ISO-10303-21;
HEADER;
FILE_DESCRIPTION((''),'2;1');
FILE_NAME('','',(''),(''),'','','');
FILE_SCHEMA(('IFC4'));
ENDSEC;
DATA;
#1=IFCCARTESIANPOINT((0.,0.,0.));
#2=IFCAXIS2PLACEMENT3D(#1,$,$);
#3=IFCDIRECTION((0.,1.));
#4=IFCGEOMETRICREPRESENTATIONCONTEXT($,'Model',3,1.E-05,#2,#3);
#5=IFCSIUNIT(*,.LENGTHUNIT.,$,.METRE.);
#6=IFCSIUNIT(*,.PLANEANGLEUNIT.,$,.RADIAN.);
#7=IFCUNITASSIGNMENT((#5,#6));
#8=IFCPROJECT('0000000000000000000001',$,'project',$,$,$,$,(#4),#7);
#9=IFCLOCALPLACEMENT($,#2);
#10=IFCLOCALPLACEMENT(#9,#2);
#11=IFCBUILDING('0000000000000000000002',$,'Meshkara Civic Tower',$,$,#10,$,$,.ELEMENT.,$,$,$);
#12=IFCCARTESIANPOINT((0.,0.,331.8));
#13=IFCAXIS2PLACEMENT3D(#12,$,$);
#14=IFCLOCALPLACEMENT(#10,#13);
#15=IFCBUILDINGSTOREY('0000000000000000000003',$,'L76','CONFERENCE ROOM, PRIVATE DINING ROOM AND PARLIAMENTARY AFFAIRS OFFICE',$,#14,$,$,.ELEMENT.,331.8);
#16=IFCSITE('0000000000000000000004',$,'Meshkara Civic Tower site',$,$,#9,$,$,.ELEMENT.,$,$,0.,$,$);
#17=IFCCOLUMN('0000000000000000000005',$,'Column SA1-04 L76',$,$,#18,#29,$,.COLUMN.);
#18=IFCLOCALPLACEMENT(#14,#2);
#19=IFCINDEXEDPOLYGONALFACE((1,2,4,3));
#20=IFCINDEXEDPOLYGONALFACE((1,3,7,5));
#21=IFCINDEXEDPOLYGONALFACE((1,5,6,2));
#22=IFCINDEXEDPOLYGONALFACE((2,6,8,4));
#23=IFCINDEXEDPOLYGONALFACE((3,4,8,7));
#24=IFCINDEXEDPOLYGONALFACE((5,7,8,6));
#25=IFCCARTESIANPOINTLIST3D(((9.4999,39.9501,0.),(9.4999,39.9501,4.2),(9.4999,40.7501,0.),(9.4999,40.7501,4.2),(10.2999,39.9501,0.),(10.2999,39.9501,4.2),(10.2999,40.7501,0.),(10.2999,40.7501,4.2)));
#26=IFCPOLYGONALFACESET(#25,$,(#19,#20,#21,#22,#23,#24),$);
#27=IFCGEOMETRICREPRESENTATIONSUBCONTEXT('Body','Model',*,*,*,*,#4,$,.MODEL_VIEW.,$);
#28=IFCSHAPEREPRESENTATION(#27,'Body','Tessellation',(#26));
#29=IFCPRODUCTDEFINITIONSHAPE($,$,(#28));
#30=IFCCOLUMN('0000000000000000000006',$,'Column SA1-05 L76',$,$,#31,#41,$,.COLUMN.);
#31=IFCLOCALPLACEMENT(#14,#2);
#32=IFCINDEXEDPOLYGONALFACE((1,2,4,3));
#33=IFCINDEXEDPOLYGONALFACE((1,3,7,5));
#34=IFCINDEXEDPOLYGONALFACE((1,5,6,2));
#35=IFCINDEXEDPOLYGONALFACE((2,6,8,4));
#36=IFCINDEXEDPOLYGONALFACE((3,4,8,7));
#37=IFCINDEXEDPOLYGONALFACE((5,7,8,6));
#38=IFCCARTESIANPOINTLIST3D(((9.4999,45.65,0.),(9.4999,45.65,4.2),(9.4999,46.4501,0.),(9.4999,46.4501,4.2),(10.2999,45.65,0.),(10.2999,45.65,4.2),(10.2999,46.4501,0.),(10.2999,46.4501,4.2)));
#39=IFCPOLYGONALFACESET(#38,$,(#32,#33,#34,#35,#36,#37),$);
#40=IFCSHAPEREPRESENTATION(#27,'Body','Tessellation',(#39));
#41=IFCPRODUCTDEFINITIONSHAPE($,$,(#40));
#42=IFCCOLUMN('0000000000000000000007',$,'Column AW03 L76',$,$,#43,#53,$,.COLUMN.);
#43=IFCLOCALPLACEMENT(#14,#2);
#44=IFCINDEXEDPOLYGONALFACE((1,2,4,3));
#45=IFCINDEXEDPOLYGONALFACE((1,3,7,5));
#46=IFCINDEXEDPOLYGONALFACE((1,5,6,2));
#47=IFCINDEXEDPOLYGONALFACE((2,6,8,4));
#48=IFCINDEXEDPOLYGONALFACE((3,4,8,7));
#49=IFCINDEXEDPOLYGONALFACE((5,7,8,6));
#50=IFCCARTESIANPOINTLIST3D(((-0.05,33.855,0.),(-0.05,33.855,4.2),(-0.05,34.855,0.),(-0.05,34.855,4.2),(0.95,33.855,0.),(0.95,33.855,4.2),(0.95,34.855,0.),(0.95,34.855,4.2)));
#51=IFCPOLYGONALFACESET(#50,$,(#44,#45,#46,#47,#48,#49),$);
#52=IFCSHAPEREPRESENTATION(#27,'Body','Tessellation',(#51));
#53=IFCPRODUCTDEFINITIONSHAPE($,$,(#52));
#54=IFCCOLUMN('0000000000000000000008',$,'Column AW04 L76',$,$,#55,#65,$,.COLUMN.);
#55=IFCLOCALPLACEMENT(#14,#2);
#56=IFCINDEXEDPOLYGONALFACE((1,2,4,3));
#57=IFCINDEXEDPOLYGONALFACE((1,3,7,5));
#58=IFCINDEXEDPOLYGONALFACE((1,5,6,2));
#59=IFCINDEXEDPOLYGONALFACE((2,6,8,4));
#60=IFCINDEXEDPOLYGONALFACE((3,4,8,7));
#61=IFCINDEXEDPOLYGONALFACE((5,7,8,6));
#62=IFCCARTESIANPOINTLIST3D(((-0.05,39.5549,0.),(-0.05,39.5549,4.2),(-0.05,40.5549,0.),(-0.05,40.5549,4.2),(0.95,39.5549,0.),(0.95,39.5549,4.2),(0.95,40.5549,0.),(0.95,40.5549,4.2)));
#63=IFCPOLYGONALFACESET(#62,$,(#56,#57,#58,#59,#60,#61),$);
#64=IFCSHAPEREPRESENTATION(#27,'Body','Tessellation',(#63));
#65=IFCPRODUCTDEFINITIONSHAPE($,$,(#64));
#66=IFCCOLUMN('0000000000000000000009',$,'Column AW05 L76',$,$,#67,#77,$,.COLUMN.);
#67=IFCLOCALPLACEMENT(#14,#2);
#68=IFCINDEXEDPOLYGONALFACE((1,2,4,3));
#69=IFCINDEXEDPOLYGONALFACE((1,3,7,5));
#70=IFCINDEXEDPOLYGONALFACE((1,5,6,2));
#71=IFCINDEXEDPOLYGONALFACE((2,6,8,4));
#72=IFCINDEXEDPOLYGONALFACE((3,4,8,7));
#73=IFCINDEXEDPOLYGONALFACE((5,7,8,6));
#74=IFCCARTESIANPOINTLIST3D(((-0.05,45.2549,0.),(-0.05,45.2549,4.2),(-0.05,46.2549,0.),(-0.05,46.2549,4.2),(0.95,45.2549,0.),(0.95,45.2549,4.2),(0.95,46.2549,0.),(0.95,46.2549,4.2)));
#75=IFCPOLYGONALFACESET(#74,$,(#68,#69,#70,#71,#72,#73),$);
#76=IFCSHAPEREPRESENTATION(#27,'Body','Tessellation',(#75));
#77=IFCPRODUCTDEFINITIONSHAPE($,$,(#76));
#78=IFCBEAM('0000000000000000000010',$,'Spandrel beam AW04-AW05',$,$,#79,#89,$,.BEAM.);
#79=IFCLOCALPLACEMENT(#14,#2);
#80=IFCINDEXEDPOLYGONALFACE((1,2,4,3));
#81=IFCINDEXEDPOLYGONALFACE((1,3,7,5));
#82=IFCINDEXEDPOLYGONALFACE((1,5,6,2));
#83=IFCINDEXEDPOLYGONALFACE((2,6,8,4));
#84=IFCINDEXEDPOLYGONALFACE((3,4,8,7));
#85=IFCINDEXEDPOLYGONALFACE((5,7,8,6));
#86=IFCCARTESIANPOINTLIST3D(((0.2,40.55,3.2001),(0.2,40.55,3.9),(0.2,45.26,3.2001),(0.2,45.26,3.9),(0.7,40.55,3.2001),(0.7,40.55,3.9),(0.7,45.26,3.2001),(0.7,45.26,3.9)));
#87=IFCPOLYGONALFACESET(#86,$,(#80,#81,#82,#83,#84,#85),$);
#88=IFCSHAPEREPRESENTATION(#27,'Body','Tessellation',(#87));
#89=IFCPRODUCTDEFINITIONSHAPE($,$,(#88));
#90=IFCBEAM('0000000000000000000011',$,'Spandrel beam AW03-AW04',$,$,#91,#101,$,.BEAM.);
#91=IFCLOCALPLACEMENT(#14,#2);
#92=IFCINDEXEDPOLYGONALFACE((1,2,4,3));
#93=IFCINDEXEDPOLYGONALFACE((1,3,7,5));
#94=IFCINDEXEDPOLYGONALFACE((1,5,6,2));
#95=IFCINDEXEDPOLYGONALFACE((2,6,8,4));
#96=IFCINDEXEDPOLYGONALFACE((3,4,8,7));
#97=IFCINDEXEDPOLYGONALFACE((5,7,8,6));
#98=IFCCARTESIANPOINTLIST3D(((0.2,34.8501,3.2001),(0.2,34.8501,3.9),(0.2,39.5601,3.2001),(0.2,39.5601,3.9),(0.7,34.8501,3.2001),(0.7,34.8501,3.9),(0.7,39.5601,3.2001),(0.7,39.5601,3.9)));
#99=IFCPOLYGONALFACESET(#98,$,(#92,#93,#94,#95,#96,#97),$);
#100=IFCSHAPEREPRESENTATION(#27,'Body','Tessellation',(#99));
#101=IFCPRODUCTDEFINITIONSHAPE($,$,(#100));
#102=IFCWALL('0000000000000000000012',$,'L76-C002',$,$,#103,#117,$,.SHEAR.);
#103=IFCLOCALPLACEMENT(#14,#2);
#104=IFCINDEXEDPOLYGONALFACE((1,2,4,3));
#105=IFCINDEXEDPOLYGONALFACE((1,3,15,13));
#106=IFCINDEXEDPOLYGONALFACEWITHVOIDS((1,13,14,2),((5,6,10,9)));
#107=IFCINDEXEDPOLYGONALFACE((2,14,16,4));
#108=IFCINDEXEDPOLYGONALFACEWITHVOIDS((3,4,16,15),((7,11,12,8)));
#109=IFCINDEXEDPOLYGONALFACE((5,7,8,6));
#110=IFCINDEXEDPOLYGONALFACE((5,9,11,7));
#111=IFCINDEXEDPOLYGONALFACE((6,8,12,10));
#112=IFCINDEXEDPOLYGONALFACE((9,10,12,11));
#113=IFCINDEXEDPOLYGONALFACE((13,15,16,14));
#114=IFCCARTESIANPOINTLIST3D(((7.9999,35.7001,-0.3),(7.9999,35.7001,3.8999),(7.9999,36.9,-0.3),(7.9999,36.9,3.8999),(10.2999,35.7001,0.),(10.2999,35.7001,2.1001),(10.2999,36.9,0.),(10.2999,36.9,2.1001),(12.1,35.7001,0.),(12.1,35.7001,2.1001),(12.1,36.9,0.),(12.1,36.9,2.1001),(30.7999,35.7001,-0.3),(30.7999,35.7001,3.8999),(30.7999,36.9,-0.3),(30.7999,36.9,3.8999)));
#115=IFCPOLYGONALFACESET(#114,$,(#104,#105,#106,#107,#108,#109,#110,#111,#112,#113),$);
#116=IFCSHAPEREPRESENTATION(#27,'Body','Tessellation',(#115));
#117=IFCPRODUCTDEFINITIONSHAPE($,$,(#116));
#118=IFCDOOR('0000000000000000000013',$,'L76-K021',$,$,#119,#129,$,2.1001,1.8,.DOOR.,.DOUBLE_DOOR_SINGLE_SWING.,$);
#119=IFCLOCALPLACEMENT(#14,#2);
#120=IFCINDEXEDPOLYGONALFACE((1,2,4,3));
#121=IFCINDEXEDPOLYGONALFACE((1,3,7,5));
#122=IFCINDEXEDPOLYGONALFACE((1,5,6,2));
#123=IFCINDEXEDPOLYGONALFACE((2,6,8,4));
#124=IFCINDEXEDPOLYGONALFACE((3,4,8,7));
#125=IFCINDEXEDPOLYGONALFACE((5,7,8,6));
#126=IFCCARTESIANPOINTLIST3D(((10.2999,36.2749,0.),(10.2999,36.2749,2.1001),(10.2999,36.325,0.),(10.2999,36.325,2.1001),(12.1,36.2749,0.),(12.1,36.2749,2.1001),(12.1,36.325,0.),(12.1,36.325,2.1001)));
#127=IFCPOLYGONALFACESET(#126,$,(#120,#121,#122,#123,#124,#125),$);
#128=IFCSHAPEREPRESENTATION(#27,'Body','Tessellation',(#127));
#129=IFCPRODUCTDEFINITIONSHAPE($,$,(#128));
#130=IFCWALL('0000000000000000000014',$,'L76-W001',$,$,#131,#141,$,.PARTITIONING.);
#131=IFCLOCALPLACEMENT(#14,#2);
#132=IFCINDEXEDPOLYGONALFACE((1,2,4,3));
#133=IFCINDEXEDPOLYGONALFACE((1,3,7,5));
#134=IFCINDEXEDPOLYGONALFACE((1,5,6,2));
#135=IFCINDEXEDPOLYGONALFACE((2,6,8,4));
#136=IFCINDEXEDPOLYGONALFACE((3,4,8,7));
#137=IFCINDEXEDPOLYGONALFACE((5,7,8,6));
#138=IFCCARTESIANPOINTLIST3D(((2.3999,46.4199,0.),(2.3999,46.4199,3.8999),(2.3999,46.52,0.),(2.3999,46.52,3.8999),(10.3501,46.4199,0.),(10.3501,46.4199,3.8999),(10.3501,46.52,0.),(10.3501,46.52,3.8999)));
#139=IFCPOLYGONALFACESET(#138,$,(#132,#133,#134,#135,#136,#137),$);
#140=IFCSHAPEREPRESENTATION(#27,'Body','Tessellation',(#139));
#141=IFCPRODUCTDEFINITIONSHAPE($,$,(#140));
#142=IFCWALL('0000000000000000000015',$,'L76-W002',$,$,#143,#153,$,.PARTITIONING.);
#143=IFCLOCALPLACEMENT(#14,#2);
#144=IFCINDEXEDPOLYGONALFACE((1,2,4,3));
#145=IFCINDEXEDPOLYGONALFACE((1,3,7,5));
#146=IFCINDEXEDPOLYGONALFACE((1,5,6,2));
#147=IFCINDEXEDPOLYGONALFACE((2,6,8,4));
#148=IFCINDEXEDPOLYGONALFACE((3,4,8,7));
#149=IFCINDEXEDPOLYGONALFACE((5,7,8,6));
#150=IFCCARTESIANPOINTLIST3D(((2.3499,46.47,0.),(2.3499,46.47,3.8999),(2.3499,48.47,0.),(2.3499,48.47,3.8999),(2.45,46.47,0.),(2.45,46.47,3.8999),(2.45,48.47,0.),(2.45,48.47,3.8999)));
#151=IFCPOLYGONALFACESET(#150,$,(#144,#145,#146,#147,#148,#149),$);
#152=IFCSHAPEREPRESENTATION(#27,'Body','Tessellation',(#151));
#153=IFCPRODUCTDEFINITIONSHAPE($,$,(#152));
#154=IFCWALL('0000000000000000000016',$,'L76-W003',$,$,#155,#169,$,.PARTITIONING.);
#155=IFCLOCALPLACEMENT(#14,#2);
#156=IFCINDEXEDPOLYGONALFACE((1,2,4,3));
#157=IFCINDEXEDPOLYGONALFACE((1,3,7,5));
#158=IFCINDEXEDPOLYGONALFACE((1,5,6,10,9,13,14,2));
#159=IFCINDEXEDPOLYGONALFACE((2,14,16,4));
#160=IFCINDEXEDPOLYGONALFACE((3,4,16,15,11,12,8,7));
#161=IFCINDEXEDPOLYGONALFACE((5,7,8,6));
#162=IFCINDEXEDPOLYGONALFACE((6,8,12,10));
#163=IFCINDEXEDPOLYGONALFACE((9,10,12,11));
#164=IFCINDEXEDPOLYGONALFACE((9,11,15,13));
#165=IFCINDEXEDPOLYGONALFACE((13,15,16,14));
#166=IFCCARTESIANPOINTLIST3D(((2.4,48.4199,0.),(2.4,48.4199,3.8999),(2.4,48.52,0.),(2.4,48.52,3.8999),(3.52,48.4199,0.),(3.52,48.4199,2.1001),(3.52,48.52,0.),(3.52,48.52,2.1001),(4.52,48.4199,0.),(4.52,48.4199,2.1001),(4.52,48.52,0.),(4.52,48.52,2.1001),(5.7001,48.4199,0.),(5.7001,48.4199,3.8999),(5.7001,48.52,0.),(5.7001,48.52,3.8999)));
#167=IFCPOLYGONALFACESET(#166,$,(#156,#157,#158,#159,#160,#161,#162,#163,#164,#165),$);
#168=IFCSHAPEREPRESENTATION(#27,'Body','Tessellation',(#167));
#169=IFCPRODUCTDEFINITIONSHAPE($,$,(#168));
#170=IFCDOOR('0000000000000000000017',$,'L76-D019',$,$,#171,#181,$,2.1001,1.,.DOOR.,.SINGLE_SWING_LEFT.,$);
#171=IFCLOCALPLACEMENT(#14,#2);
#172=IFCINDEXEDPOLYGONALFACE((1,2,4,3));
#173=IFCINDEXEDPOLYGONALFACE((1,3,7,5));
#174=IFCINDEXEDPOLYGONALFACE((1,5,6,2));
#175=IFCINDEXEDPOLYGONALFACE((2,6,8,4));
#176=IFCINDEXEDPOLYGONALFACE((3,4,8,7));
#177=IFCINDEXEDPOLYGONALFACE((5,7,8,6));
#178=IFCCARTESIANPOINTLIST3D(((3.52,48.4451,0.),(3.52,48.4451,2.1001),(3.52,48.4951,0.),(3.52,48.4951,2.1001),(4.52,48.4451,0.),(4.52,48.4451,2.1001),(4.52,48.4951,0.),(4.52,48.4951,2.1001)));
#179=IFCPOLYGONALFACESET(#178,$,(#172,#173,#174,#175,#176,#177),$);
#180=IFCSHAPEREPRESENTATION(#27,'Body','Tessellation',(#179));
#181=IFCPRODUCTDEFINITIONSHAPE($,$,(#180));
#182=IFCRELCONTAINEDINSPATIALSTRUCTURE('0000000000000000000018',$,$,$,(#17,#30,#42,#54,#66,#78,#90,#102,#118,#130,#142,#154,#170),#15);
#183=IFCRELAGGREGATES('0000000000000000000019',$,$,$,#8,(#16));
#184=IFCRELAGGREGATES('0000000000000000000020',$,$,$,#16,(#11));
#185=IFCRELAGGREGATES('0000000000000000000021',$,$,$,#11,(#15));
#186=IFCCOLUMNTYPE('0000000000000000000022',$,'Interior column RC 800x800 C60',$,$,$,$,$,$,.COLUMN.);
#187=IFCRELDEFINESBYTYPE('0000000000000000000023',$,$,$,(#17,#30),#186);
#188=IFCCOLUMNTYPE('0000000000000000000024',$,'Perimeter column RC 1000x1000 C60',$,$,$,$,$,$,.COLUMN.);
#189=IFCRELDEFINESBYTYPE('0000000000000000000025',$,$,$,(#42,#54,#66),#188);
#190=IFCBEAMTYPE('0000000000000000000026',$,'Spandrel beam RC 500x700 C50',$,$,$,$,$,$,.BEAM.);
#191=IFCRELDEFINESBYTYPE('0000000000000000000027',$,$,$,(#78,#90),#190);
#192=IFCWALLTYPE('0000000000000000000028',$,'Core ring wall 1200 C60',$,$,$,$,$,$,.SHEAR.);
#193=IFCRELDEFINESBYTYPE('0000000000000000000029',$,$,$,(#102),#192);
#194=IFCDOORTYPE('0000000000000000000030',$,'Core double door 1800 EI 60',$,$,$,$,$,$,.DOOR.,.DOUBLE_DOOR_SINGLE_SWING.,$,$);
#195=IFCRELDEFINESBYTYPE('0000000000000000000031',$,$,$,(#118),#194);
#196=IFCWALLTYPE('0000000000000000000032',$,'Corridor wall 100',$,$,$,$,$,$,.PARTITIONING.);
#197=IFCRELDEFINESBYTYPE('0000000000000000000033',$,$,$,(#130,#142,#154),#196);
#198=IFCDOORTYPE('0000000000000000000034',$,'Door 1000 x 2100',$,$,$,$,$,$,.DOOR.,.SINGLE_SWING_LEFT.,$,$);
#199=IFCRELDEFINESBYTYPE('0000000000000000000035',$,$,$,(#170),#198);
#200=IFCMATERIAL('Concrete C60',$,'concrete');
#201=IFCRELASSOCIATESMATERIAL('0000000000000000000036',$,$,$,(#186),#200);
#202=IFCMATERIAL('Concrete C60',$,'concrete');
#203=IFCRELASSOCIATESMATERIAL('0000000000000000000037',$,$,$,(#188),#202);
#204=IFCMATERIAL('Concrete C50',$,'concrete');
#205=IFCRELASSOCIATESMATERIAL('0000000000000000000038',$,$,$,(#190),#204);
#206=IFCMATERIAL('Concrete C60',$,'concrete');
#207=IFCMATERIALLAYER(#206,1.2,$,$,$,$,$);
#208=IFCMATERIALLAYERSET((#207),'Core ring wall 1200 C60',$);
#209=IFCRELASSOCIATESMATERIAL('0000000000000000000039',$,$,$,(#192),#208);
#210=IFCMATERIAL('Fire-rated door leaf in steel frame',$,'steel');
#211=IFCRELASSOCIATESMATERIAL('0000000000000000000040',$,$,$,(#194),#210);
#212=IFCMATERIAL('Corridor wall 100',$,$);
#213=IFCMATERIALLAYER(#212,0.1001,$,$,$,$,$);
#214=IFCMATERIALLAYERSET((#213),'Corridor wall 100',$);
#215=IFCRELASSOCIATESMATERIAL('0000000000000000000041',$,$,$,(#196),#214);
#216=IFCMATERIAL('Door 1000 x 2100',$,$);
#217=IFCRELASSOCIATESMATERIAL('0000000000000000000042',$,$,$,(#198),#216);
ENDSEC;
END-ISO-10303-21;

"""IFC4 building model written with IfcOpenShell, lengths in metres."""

from ifc_helpers import new_model, si_unit, direction, frame, frame_2d, origin, origin_2d, place, context, subcontext, project, spatial, rectangle, extrude, material, layer, layer_set, material_profile, profile_set, type_object, element, fill, save


model = new_model("IFC4")

# Units and contexts
model_context = context("Model", 3, precision=1e-05, world=origin(), true_north=direction((0.0, 1.0)))
body_context = subcontext(model_context, "Body", "Model", "MODEL_VIEW")
ifc_project = project(units=[si_unit("LENGTHUNIT", "METRE"), si_unit("PLANEANGLEUNIT", "RADIAN")], contexts=[model_context])

# Site, building, storey
site_placement = place(None, origin())
site = spatial("IfcSite", under=ifc_project, at=site_placement, Name="Meshkara Civic Tower site", CompositionType="ELEMENT", RefElevation=0.0)
building_placement = place(site_placement, origin())
building = spatial("IfcBuilding", under=site, at=building_placement, Name="Meshkara Civic Tower", CompositionType="ELEMENT")
storey_placement = place(building_placement, frame((0.0, 0.0, 331.8)))
storey = spatial("IfcBuildingStorey", under=building, at=storey_placement, Name="L76", Description="CONFERENCE ROOM, PRIVATE DINING ROOM AND PARLIAMENTARY AFFAIRS OFFICE", CompositionType="ELEMENT", Elevation=331.8)

# Columns
ifc_material_1 = material(Name="Concrete C60", Category="concrete")
ifc_material_profile_1 = material_profile(ifc_material_1, rectangle(XDim=0.8, YDim=0.8, at=origin_2d()))
ifc_profile_set_1 = profile_set([ifc_material_profile_1], Name="Concrete C60")
column_type_1 = type_object("IfcColumnType", Name="Interior column RC 800x800 C60", PredefinedType="COLUMN", material=ifc_profile_set_1)
for number, where, z_axis, x_axis, name in (
    (1, (9.8999, 40.3501, 0.0), (0.0, 0.0, 1.0), (1.0, 0.0, 0.0), "Column SA1-04 L76"),
    (2, (9.8999, 46.05, 0.0), (0.0, 0.0, 1.0), (1.0, 0.0, 0.0), "Column SA1-05 L76"),
):
    element("IfcColumn", number, at=place(storey_placement, frame(where, z_axis=z_axis, x_axis=x_axis)), inside=storey, type_object=column_type_1, Name=name, PredefinedType="COLUMN", context=body_context, shape_type="SweptSolid", body=[
        extrude(rectangle(XDim=0.8, YDim=0.8, at=origin_2d()), origin(), (0.0, 0.0, 1.0), 4.2),
    ])
ifc_material_2 = material(Name="Concrete C60", Category="concrete")
ifc_material_profile_2 = material_profile(ifc_material_2, rectangle(XDim=1.0, YDim=1.0, at=origin_2d()))
ifc_profile_set_2 = profile_set([ifc_material_profile_2], Name="Concrete C60")
column_type_2 = type_object("IfcColumnType", Name="Perimeter column RC 1000x1000 C60", PredefinedType="COLUMN", material=ifc_profile_set_2)
for number, where, z_axis, x_axis, name in (
    (3, (0.45, 34.355, 0.0), (0.0, 0.0, 1.0), (1.0, 0.0, 0.0), "Column AW03 L76"),
    (4, (0.45, 40.0549, 0.0), (0.0, 0.0, 1.0), (1.0, 0.0, 0.0), "Column AW04 L76"),
    (5, (0.45, 45.7549, 0.0), (0.0, 0.0, 1.0), (1.0, 0.0, 0.0), "Column AW05 L76"),
):
    element("IfcColumn", number, at=place(storey_placement, frame(where, z_axis=z_axis, x_axis=x_axis)), inside=storey, type_object=column_type_2, Name=name, PredefinedType="COLUMN", context=body_context, shape_type="SweptSolid", body=[
        extrude(rectangle(XDim=1.0, YDim=1.0, at=origin_2d()), origin(), (0.0, 0.0, 1.0), 4.2),
    ])

# Beams
ifc_material_3 = material(Name="Concrete C50", Category="concrete")
ifc_material_profile_3 = material_profile(ifc_material_3, rectangle(XDim=0.5, YDim=0.7, at=origin_2d()))
ifc_profile_set_3 = profile_set([ifc_material_profile_3], Name="Concrete C50")
beam_type = type_object("IfcBeamType", Name="Spandrel beam RC 500x700 C50", PredefinedType="BEAM", material=ifc_profile_set_3)
for number, where, z_axis, x_axis, name in (
    (6, (0.45, 45.26, 3.55), (0.0, -1.0, 0.0), (1.0, 0.0, 0.0), "Spandrel beam AW04-AW05"),
    (7, (0.45, 39.5601, 3.55), (0.0, -1.0, 0.0), (1.0, 0.0, 0.0), "Spandrel beam AW03-AW04"),
):
    element("IfcBeam", number, at=place(storey_placement, frame(where, z_axis=z_axis, x_axis=x_axis)), inside=storey, type_object=beam_type, Name=name, PredefinedType="BEAM", context=body_context, shape_type="SweptSolid", body=[
        extrude(rectangle(XDim=0.5, YDim=0.7, at=origin_2d()), origin(), (0.0, 0.0, 1.0), 4.71),
    ])

# Wall, opening, door
ifc_material_4 = material(Name="Concrete C60", Category="concrete")
ifc_layer_1 = layer(ifc_material_4, 1.2)
ifc_layer_set_1 = layer_set([ifc_layer_1], Name="Core ring wall 1200 C60")
wall_type_1 = type_object("IfcWallType", Name="Core ring wall 1200 C60", PredefinedType="SHEAR", material=ifc_layer_set_1)
wall_1_placement = place(storey_placement, frame((8.0, 36.3, -0.3), z_axis=(0.0, 0.0, 1.0), x_axis=(1.0, 0.0, 0.0)))
wall_1 = element("IfcWall", 8, at=wall_1_placement, inside=storey, type_object=wall_type_1, Name="L76-C002", PredefinedType="SHEAR", context=body_context, shape_type="SweptSolid", body=[
    extrude(rectangle(XDim=22.8, YDim=1.2, at=frame_2d((11.3999, 0.0))), origin(), (0.0, 0.0, 1.0), 4.2),
])
opening_1_placement = place(wall_1_placement, frame((2.3, 0.0, 0.3)))
opening_1 = element("IfcOpeningElement", 9, at=opening_1_placement, cuts=wall_1, PredefinedType="OPENING", context=body_context, shape_type="SweptSolid", body=[
    extrude(rectangle(XDim=1.8, YDim=2.1001, at=frame_2d((0.8999, 1.05))), frame((0.0, 0.6099, 0.0), z_axis=(0.0, -1.0, 0.0), x_axis=(1.0, 0.0, 0.0)), (0.0, 0.0, 1.0), 1.22),
])
ifc_material_5 = material(Name="Fire-rated door leaf in steel frame", Category="steel")
door_type_1 = type_object("IfcDoorType", Name="Core double door 1800 EI 60", OperationType="DOUBLE_DOOR_SINGLE_SWING", PredefinedType="DOOR", material=ifc_material_5)
door_1_placement = place(opening_1_placement, origin())
door_1 = element("IfcDoor", 10, at=door_1_placement, inside=storey, type_object=door_type_1, Name="L76-K021", OperationType="DOUBLE_DOOR_SINGLE_SWING", OverallHeight=2.1001, OverallWidth=1.8, PredefinedType="DOOR", context=body_context, shape_type="SweptSolid", body=[
    extrude(rectangle(XDim=1.8, YDim=2.1001, at=frame_2d((0.8999, 1.05))), frame((0.0, 0.0249, 0.0), z_axis=(0.0, -1.0, 0.0), x_axis=(1.0, 0.0, 0.0)), (0.0, 0.0, 1.0), 0.05),
])
fill(opening_1, door_1)

# Walls
ifc_material_6 = material(Name="Corridor wall 100")
ifc_layer_2 = layer(ifc_material_6, 0.1001)
ifc_layer_set_2 = layer_set([ifc_layer_2], Name="Corridor wall 100")
wall_type_2 = type_object("IfcWallType", Name="Corridor wall 100", PredefinedType="PARTITIONING", material=ifc_layer_set_2)
wall_2_placement = place(storey_placement, frame((2.3999, 46.47, 0.0), z_axis=(0.0, 0.0, 1.0), x_axis=(1.0, 0.0, 0.0)))
element("IfcWall", 11, at=wall_2_placement, inside=storey, type_object=wall_type_2, Name="L76-W001", PredefinedType="PARTITIONING", context=body_context, shape_type="SweptSolid", body=[
    extrude(rectangle(XDim=7.9502, YDim=0.1001, at=frame_2d((3.9751, 0.0))), origin(), (0.0, 0.0, 1.0), 3.8999),
])
wall_3_placement = place(storey_placement, frame((2.3999, 48.47, 0.0), z_axis=(0.0, 0.0, 1.0), x_axis=(0.0, -1.0, 0.0)))
element("IfcWall", 12, at=wall_3_placement, inside=storey, type_object=wall_type_2, Name="L76-W002", PredefinedType="PARTITIONING", context=body_context, shape_type="SweptSolid", body=[
    extrude(rectangle(XDim=2.0, YDim=0.1001, at=frame_2d((1.0, 0.0))), origin(), (0.0, 0.0, 1.0), 3.8999),
])

# Wall, opening, door
wall_4_placement = place(storey_placement, frame((5.7, 48.47, 0.0), z_axis=(0.0, 0.0, 1.0), x_axis=(-1.0, 0.0, 0.0)))
wall_4 = element("IfcWall", 13, at=wall_4_placement, inside=storey, type_object=wall_type_2, Name="L76-W003", PredefinedType="PARTITIONING", context=body_context, shape_type="SweptSolid", body=[
    extrude(rectangle(XDim=3.3, YDim=0.1001, at=frame_2d((1.6499, 0.0))), origin(), (0.0, 0.0, 1.0), 3.8999),
])
opening_2_placement = place(wall_4_placement, frame((1.1799, 0.0, 0.0)))
opening_2 = element("IfcOpeningElement", 14, at=opening_2_placement, cuts=wall_4, PredefinedType="OPENING", context=body_context, shape_type="SweptSolid", body=[
    extrude(rectangle(XDim=1.0, YDim=2.1001, at=frame_2d((0.5, 1.05))), frame((0.0, 0.0601, 0.0), z_axis=(0.0, -1.0, 0.0), x_axis=(1.0, 0.0, 0.0)), (0.0, 0.0, 1.0), 0.1201),
])
ifc_material_7 = material(Name="Door 1000 x 2100")
door_type_2 = type_object("IfcDoorType", Name="Door 1000 x 2100", OperationType="SINGLE_SWING_LEFT", PredefinedType="DOOR", material=ifc_material_7)
door_2_placement = place(opening_2_placement, origin())
door_2 = element("IfcDoor", 15, at=door_2_placement, inside=storey, type_object=door_type_2, Name="L76-D019", OperationType="SINGLE_SWING_LEFT", OverallHeight=2.1001, OverallWidth=1.0, PredefinedType="DOOR", context=body_context, shape_type="SweptSolid", body=[
    extrude(rectangle(XDim=1.0, YDim=2.1001, at=frame_2d((0.5, 1.05))), frame((0.0, 0.0249, 0.0), z_axis=(0.0, -1.0, 0.0), x_axis=(1.0, 0.0, 0.0)), (0.0, 0.0, 1.0), 0.05),
])
fill(opening_2, door_2)

save(model, "model.ifc")
